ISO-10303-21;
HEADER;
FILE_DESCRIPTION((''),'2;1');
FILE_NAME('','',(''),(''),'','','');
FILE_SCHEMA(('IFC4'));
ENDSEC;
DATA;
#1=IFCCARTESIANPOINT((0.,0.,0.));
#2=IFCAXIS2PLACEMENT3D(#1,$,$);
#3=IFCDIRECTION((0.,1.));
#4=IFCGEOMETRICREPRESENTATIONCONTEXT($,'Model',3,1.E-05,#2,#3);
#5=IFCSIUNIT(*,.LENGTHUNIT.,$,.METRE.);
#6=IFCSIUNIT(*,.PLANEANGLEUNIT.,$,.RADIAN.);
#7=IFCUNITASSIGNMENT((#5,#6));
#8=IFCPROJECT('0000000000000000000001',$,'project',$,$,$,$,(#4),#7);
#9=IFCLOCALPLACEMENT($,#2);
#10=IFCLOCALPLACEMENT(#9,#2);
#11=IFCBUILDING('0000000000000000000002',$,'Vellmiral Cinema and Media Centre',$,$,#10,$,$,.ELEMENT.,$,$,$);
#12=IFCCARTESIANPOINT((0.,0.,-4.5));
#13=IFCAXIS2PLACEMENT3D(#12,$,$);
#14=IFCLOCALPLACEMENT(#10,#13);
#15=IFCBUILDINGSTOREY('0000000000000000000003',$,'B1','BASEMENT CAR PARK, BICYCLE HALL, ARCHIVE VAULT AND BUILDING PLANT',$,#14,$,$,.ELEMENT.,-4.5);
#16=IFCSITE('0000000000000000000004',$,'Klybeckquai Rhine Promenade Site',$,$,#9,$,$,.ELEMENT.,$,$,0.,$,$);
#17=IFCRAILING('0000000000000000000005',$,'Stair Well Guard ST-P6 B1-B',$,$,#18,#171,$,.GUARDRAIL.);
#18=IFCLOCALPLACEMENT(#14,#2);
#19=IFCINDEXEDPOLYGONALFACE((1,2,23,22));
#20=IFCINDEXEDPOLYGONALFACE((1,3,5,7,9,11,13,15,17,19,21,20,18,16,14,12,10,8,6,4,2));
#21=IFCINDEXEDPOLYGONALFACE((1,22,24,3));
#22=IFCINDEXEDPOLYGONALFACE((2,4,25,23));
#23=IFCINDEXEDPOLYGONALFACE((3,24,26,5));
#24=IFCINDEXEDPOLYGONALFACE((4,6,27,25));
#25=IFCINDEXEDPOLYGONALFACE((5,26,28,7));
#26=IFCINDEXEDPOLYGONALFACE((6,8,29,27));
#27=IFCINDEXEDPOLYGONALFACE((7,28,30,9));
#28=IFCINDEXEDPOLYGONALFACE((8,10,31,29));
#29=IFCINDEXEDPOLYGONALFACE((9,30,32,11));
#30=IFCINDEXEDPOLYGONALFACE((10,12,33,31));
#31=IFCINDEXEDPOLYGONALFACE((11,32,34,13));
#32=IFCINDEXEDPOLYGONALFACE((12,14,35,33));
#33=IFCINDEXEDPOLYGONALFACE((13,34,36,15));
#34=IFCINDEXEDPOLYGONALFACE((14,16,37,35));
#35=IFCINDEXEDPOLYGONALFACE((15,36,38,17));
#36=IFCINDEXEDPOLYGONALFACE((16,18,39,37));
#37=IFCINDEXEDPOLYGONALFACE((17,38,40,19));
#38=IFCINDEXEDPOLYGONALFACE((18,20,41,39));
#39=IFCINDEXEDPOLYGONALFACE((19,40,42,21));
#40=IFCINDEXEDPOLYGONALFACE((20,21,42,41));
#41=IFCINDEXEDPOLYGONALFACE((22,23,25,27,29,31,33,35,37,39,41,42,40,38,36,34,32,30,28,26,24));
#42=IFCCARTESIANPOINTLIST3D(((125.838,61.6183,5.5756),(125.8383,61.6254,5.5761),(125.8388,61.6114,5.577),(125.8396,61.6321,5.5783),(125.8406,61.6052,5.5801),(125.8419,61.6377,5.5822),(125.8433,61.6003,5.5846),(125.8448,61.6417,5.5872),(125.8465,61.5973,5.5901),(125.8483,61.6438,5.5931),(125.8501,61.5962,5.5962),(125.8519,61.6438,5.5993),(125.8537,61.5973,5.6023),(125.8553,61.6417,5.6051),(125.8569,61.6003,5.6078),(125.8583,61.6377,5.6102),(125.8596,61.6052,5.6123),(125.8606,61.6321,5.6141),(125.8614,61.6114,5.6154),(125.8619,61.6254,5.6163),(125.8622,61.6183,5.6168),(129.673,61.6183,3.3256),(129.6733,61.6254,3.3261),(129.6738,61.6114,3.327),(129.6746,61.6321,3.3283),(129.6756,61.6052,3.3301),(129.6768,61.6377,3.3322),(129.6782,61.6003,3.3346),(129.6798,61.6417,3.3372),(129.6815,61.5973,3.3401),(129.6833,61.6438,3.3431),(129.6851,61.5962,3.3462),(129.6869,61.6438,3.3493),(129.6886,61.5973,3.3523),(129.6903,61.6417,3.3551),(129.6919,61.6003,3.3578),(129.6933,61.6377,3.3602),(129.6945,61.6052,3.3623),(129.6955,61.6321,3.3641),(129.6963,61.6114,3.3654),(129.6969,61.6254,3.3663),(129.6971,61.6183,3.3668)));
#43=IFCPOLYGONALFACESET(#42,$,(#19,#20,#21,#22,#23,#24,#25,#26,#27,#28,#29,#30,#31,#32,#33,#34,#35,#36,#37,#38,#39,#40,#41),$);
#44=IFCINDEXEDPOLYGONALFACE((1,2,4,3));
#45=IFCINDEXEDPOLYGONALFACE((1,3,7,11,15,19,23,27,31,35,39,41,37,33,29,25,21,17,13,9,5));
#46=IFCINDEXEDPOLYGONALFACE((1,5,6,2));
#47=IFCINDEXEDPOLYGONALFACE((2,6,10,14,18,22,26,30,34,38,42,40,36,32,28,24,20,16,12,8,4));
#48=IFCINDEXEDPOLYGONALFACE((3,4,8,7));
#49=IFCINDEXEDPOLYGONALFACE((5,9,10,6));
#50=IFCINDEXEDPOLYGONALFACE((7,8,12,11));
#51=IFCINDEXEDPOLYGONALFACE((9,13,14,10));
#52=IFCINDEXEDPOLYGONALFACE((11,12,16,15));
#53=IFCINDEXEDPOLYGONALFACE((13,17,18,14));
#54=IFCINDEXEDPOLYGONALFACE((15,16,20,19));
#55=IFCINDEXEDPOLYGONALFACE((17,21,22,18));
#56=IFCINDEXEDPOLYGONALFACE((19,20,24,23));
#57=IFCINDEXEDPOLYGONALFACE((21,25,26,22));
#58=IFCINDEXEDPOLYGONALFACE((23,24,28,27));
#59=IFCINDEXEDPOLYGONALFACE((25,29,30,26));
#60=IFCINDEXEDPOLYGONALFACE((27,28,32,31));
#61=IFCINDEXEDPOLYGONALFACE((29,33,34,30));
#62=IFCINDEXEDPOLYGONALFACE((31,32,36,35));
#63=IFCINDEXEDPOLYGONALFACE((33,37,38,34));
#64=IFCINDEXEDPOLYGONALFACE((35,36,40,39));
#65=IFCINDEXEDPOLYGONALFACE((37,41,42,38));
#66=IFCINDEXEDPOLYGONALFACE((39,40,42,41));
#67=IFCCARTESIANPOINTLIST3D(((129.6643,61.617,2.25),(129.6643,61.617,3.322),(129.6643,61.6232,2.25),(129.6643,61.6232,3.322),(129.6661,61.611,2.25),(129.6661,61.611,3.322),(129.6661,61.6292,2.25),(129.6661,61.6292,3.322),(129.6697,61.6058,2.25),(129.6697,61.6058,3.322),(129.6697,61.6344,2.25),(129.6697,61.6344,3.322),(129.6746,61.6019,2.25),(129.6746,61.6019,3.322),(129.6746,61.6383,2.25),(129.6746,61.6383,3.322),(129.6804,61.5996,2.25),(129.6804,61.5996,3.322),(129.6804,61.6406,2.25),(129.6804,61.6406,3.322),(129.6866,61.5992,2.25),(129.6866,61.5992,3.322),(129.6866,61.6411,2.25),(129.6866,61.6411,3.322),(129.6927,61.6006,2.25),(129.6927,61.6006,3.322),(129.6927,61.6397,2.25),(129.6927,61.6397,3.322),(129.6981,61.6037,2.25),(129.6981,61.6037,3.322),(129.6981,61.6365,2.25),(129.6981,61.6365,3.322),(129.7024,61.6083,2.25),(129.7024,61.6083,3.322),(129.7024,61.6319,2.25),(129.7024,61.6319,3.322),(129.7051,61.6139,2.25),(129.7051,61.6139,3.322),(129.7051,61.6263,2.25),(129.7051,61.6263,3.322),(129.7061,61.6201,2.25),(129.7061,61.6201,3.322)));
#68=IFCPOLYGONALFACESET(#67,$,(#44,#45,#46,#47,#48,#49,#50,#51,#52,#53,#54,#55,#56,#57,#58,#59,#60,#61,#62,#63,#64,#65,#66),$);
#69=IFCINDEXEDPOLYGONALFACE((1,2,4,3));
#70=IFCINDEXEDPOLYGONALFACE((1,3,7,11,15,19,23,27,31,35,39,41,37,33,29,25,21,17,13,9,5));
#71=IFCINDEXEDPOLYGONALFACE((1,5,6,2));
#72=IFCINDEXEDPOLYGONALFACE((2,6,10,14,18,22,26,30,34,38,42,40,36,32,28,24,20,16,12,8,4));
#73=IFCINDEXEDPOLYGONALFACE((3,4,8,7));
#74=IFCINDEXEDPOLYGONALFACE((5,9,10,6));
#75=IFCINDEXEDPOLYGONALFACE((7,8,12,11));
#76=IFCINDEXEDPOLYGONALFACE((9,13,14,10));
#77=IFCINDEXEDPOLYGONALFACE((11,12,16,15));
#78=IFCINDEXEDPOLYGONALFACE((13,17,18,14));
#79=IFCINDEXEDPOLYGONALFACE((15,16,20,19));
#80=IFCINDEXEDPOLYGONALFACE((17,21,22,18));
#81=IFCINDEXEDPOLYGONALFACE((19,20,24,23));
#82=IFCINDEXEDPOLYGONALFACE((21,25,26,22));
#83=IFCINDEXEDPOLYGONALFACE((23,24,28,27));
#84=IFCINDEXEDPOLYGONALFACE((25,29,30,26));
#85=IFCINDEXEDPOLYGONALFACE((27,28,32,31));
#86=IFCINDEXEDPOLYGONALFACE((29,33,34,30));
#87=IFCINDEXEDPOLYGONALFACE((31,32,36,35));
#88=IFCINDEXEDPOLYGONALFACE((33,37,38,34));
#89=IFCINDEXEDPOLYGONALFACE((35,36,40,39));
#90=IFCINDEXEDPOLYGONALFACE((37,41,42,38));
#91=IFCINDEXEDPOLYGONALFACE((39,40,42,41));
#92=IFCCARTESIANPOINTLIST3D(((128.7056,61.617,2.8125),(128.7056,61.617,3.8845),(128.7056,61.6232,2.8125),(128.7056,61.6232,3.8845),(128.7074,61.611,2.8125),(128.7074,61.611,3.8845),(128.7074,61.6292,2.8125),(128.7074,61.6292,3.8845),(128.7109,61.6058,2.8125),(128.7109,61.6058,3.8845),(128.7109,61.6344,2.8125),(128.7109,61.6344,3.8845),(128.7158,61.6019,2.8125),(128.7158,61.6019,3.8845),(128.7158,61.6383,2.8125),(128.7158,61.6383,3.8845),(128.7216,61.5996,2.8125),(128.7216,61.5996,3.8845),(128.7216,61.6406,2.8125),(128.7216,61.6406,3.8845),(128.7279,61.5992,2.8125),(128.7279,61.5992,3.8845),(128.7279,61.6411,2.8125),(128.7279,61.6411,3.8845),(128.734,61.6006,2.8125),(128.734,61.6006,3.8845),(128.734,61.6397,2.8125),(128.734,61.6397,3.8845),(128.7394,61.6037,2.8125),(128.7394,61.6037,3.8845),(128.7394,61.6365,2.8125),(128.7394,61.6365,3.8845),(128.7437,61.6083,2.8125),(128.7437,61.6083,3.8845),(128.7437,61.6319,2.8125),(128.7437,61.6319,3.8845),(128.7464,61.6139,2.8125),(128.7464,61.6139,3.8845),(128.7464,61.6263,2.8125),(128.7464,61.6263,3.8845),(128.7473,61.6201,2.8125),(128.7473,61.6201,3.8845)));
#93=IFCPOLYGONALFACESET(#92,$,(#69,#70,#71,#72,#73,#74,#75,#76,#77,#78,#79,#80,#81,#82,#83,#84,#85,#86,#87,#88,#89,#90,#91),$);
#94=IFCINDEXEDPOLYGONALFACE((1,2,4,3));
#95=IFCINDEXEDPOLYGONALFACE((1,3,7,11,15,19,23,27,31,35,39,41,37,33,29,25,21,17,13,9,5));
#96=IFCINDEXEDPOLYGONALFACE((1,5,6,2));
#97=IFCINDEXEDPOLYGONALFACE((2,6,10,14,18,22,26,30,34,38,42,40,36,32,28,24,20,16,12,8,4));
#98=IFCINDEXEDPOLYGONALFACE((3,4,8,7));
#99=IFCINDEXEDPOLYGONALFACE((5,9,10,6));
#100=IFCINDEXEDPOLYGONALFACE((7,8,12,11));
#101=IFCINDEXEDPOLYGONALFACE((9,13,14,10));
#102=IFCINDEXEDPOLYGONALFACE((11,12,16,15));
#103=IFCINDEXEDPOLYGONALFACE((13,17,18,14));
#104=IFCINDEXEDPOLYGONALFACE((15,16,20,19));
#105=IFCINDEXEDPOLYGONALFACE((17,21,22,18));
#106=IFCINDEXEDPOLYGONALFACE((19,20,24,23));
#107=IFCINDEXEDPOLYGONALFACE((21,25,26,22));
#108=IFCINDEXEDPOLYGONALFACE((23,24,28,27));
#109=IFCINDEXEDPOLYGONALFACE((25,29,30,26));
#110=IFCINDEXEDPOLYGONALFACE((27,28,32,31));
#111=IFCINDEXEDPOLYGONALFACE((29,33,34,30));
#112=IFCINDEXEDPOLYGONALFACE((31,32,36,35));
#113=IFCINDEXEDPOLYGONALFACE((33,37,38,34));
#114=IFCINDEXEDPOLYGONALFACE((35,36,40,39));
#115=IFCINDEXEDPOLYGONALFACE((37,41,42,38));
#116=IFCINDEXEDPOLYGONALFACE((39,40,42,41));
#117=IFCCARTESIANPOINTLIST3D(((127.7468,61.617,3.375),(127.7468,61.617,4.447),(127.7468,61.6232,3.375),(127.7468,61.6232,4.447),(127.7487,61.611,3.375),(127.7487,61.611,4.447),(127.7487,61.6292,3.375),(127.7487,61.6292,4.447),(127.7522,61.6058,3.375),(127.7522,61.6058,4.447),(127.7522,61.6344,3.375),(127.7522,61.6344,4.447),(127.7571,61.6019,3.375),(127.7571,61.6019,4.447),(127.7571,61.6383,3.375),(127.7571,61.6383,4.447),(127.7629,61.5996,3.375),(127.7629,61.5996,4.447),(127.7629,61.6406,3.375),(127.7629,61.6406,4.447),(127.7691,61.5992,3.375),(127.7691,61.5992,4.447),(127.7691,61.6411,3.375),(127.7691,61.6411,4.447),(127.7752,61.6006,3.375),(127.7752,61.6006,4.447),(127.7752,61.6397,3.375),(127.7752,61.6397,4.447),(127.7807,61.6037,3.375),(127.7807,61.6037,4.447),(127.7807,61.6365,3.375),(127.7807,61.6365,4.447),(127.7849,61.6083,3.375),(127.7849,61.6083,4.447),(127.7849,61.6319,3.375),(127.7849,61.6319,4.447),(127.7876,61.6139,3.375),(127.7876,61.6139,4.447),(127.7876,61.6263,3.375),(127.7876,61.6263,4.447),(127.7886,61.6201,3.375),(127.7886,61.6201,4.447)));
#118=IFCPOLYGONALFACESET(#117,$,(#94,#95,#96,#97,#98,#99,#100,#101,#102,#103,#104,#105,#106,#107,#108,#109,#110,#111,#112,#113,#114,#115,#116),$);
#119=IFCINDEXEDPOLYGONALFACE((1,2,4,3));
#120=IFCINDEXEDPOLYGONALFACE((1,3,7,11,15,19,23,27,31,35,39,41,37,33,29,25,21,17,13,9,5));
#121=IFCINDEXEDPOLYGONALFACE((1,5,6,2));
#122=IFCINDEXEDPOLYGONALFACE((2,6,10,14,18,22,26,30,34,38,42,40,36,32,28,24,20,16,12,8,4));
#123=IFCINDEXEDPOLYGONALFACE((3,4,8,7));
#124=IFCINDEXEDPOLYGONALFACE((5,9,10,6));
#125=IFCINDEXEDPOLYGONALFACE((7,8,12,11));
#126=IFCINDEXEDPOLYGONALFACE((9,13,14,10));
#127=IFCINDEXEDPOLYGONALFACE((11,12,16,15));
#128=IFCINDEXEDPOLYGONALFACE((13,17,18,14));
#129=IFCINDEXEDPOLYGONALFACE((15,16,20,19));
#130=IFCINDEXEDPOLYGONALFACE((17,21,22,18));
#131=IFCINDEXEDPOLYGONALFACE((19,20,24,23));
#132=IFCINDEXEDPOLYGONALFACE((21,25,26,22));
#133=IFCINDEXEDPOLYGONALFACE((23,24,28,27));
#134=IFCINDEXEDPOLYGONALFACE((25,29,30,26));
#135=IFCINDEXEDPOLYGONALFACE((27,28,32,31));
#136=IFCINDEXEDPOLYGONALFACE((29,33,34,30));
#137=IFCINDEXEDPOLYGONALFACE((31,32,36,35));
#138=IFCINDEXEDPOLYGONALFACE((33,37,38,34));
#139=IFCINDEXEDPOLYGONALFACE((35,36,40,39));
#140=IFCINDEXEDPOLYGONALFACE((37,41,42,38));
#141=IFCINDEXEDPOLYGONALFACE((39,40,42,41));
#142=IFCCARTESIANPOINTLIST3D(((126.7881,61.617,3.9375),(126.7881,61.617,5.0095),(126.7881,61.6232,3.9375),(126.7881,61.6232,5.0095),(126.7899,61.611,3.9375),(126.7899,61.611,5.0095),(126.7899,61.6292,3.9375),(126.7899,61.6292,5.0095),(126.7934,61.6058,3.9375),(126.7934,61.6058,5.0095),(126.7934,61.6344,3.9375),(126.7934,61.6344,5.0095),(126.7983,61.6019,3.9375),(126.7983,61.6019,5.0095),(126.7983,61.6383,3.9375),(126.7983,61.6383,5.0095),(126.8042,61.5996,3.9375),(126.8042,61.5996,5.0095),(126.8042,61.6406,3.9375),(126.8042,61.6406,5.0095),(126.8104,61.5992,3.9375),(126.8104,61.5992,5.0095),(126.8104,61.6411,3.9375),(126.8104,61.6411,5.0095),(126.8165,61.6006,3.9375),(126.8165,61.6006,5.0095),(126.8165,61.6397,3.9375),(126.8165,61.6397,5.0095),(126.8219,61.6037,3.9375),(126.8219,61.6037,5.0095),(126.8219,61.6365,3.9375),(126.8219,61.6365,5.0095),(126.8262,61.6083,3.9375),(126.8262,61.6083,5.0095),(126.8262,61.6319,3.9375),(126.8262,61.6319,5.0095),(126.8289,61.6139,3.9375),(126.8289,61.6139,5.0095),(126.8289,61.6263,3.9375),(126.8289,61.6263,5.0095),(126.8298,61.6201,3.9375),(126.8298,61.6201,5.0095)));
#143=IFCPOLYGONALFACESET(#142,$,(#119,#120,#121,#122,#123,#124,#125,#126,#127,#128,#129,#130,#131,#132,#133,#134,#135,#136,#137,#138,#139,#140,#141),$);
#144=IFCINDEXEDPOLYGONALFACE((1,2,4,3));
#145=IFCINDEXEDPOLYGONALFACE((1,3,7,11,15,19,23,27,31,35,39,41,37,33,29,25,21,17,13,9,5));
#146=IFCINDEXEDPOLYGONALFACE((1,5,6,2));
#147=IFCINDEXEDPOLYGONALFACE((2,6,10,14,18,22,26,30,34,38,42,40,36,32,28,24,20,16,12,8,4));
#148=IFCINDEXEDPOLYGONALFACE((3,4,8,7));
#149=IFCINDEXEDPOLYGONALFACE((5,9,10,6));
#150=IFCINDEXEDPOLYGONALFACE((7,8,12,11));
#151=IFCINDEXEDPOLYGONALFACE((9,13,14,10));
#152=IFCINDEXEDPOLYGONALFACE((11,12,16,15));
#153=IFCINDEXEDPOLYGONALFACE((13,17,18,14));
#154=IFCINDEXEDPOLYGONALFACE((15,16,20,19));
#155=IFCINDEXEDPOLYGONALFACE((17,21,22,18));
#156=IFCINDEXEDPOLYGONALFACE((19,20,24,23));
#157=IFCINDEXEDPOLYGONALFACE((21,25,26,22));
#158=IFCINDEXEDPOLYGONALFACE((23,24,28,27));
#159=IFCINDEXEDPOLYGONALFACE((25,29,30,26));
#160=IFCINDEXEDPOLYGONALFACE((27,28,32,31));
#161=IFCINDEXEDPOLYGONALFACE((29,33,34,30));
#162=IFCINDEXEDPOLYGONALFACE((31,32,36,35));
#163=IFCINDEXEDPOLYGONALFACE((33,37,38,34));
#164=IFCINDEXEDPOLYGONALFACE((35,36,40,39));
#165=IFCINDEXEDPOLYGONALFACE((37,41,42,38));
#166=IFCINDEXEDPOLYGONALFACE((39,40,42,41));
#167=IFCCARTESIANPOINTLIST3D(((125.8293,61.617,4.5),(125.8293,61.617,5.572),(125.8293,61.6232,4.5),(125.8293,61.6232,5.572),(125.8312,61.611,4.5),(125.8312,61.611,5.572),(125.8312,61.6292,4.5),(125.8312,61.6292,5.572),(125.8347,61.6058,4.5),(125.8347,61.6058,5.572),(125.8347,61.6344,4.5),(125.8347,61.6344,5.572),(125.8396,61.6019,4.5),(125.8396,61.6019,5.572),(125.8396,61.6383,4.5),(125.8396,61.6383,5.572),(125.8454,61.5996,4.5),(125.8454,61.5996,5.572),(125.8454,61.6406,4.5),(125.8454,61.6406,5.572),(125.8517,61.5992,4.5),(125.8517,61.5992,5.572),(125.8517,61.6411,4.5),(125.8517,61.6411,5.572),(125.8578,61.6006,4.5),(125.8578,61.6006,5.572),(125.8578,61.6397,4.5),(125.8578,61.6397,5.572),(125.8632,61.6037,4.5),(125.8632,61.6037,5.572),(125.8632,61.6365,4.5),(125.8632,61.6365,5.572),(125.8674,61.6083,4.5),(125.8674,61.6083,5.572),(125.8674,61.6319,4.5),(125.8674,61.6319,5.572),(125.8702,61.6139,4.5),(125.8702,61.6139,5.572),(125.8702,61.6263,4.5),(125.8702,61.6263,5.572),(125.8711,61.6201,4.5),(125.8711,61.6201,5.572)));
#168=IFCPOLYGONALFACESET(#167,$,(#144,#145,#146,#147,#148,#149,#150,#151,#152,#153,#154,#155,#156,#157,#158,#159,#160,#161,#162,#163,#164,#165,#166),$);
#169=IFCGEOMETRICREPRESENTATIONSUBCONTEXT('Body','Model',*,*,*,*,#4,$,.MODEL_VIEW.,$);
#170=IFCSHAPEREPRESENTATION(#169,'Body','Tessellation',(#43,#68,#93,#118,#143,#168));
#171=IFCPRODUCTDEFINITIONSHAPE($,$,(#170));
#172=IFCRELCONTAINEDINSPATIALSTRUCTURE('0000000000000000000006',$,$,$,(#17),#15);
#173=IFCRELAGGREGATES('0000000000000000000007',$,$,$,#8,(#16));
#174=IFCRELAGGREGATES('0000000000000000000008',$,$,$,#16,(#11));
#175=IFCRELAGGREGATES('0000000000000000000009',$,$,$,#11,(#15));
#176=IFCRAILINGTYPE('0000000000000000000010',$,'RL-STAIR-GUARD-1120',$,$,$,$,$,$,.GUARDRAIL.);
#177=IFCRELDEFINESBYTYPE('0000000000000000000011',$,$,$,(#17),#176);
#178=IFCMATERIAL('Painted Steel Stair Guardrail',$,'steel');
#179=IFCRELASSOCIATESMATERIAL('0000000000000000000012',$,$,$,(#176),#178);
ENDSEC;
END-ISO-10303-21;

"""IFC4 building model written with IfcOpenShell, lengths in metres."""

from ifc_helpers import new_model, si_unit, direction, frame, origin, origin_2d, place, context, subcontext, project, spatial, circle, extrude, material, type_object, element, save


model = new_model("IFC4")

# Units and contexts
model_context = context("Model", 3, precision=1e-05, world=origin(), true_north=direction((0.0, 1.0)))
body_context = subcontext(model_context, "Body", "Model", "MODEL_VIEW")
ifc_project = project(units=[si_unit("LENGTHUNIT", "METRE"), si_unit("PLANEANGLEUNIT", "RADIAN")], contexts=[model_context])

# Site, building, storey
site_placement = place(None, origin())
site = spatial("IfcSite", under=ifc_project, at=site_placement, Name="Klybeckquai Rhine Promenade Site", CompositionType="ELEMENT", RefElevation=0.0)
building_placement = place(site_placement, origin())
building = spatial("IfcBuilding", under=site, at=building_placement, Name="Vellmiral Cinema and Media Centre", CompositionType="ELEMENT")
storey_placement = place(building_placement, frame((0.0, 0.0, -4.5)))
storey = spatial("IfcBuildingStorey", under=building, at=storey_placement, Name="B1", Description="BASEMENT CAR PARK, BICYCLE HALL, ARCHIVE VAULT AND BUILDING PLANT", CompositionType="ELEMENT", Elevation=-4.5)

# Railing
ifc_material_1 = material(Name="Painted Steel Stair Guardrail", Category="steel")
railing_type_1 = type_object("IfcRailingType", Name="RL-STAIR-GUARD-1120", PredefinedType="GUARDRAIL", material=ifc_material_1)
railing_1_placement = place(storey_placement, frame((129.6851, 61.6201, 2.25)))
element("IfcRailing", 1, at=railing_1_placement, inside=storey, type_object=railing_type_1, Name="Stair Well Guard ST-P6 B1-B", PredefinedType="GUARDRAIL", context=body_context, shape_type="SweptSolid", body=[
    extrude(circle(Radius=0.0239, at=origin_2d()), frame((0.0, 0.0, 1.0962), z_axis=(-0.86251, 0.0, 0.506041), x_axis=(0.0, -1.0, 0.0)), (0.0, 0.0, 1.0), 4.4463),
    extrude(circle(Radius=0.021, at=origin_2d()), origin(), (0.0, 0.0, 1.0), 1.072),
    extrude(circle(Radius=0.021, at=origin_2d()), frame((-0.9587, 0.0, 0.5625)), (0.0, 0.0, 1.0), 1.072),
    extrude(circle(Radius=0.021, at=origin_2d()), frame((-1.9175, 0.0, 1.125)), (0.0, 0.0, 1.0), 1.072),
    extrude(circle(Radius=0.021, at=origin_2d()), frame((-2.8762, 0.0, 1.6875)), (0.0, 0.0, 1.0), 1.072),
    extrude(circle(Radius=0.021, at=origin_2d()), frame((-3.835, 0.0, 2.25)), (0.0, 0.0, 1.0), 1.072),
])

save(model, "model.ifc")
